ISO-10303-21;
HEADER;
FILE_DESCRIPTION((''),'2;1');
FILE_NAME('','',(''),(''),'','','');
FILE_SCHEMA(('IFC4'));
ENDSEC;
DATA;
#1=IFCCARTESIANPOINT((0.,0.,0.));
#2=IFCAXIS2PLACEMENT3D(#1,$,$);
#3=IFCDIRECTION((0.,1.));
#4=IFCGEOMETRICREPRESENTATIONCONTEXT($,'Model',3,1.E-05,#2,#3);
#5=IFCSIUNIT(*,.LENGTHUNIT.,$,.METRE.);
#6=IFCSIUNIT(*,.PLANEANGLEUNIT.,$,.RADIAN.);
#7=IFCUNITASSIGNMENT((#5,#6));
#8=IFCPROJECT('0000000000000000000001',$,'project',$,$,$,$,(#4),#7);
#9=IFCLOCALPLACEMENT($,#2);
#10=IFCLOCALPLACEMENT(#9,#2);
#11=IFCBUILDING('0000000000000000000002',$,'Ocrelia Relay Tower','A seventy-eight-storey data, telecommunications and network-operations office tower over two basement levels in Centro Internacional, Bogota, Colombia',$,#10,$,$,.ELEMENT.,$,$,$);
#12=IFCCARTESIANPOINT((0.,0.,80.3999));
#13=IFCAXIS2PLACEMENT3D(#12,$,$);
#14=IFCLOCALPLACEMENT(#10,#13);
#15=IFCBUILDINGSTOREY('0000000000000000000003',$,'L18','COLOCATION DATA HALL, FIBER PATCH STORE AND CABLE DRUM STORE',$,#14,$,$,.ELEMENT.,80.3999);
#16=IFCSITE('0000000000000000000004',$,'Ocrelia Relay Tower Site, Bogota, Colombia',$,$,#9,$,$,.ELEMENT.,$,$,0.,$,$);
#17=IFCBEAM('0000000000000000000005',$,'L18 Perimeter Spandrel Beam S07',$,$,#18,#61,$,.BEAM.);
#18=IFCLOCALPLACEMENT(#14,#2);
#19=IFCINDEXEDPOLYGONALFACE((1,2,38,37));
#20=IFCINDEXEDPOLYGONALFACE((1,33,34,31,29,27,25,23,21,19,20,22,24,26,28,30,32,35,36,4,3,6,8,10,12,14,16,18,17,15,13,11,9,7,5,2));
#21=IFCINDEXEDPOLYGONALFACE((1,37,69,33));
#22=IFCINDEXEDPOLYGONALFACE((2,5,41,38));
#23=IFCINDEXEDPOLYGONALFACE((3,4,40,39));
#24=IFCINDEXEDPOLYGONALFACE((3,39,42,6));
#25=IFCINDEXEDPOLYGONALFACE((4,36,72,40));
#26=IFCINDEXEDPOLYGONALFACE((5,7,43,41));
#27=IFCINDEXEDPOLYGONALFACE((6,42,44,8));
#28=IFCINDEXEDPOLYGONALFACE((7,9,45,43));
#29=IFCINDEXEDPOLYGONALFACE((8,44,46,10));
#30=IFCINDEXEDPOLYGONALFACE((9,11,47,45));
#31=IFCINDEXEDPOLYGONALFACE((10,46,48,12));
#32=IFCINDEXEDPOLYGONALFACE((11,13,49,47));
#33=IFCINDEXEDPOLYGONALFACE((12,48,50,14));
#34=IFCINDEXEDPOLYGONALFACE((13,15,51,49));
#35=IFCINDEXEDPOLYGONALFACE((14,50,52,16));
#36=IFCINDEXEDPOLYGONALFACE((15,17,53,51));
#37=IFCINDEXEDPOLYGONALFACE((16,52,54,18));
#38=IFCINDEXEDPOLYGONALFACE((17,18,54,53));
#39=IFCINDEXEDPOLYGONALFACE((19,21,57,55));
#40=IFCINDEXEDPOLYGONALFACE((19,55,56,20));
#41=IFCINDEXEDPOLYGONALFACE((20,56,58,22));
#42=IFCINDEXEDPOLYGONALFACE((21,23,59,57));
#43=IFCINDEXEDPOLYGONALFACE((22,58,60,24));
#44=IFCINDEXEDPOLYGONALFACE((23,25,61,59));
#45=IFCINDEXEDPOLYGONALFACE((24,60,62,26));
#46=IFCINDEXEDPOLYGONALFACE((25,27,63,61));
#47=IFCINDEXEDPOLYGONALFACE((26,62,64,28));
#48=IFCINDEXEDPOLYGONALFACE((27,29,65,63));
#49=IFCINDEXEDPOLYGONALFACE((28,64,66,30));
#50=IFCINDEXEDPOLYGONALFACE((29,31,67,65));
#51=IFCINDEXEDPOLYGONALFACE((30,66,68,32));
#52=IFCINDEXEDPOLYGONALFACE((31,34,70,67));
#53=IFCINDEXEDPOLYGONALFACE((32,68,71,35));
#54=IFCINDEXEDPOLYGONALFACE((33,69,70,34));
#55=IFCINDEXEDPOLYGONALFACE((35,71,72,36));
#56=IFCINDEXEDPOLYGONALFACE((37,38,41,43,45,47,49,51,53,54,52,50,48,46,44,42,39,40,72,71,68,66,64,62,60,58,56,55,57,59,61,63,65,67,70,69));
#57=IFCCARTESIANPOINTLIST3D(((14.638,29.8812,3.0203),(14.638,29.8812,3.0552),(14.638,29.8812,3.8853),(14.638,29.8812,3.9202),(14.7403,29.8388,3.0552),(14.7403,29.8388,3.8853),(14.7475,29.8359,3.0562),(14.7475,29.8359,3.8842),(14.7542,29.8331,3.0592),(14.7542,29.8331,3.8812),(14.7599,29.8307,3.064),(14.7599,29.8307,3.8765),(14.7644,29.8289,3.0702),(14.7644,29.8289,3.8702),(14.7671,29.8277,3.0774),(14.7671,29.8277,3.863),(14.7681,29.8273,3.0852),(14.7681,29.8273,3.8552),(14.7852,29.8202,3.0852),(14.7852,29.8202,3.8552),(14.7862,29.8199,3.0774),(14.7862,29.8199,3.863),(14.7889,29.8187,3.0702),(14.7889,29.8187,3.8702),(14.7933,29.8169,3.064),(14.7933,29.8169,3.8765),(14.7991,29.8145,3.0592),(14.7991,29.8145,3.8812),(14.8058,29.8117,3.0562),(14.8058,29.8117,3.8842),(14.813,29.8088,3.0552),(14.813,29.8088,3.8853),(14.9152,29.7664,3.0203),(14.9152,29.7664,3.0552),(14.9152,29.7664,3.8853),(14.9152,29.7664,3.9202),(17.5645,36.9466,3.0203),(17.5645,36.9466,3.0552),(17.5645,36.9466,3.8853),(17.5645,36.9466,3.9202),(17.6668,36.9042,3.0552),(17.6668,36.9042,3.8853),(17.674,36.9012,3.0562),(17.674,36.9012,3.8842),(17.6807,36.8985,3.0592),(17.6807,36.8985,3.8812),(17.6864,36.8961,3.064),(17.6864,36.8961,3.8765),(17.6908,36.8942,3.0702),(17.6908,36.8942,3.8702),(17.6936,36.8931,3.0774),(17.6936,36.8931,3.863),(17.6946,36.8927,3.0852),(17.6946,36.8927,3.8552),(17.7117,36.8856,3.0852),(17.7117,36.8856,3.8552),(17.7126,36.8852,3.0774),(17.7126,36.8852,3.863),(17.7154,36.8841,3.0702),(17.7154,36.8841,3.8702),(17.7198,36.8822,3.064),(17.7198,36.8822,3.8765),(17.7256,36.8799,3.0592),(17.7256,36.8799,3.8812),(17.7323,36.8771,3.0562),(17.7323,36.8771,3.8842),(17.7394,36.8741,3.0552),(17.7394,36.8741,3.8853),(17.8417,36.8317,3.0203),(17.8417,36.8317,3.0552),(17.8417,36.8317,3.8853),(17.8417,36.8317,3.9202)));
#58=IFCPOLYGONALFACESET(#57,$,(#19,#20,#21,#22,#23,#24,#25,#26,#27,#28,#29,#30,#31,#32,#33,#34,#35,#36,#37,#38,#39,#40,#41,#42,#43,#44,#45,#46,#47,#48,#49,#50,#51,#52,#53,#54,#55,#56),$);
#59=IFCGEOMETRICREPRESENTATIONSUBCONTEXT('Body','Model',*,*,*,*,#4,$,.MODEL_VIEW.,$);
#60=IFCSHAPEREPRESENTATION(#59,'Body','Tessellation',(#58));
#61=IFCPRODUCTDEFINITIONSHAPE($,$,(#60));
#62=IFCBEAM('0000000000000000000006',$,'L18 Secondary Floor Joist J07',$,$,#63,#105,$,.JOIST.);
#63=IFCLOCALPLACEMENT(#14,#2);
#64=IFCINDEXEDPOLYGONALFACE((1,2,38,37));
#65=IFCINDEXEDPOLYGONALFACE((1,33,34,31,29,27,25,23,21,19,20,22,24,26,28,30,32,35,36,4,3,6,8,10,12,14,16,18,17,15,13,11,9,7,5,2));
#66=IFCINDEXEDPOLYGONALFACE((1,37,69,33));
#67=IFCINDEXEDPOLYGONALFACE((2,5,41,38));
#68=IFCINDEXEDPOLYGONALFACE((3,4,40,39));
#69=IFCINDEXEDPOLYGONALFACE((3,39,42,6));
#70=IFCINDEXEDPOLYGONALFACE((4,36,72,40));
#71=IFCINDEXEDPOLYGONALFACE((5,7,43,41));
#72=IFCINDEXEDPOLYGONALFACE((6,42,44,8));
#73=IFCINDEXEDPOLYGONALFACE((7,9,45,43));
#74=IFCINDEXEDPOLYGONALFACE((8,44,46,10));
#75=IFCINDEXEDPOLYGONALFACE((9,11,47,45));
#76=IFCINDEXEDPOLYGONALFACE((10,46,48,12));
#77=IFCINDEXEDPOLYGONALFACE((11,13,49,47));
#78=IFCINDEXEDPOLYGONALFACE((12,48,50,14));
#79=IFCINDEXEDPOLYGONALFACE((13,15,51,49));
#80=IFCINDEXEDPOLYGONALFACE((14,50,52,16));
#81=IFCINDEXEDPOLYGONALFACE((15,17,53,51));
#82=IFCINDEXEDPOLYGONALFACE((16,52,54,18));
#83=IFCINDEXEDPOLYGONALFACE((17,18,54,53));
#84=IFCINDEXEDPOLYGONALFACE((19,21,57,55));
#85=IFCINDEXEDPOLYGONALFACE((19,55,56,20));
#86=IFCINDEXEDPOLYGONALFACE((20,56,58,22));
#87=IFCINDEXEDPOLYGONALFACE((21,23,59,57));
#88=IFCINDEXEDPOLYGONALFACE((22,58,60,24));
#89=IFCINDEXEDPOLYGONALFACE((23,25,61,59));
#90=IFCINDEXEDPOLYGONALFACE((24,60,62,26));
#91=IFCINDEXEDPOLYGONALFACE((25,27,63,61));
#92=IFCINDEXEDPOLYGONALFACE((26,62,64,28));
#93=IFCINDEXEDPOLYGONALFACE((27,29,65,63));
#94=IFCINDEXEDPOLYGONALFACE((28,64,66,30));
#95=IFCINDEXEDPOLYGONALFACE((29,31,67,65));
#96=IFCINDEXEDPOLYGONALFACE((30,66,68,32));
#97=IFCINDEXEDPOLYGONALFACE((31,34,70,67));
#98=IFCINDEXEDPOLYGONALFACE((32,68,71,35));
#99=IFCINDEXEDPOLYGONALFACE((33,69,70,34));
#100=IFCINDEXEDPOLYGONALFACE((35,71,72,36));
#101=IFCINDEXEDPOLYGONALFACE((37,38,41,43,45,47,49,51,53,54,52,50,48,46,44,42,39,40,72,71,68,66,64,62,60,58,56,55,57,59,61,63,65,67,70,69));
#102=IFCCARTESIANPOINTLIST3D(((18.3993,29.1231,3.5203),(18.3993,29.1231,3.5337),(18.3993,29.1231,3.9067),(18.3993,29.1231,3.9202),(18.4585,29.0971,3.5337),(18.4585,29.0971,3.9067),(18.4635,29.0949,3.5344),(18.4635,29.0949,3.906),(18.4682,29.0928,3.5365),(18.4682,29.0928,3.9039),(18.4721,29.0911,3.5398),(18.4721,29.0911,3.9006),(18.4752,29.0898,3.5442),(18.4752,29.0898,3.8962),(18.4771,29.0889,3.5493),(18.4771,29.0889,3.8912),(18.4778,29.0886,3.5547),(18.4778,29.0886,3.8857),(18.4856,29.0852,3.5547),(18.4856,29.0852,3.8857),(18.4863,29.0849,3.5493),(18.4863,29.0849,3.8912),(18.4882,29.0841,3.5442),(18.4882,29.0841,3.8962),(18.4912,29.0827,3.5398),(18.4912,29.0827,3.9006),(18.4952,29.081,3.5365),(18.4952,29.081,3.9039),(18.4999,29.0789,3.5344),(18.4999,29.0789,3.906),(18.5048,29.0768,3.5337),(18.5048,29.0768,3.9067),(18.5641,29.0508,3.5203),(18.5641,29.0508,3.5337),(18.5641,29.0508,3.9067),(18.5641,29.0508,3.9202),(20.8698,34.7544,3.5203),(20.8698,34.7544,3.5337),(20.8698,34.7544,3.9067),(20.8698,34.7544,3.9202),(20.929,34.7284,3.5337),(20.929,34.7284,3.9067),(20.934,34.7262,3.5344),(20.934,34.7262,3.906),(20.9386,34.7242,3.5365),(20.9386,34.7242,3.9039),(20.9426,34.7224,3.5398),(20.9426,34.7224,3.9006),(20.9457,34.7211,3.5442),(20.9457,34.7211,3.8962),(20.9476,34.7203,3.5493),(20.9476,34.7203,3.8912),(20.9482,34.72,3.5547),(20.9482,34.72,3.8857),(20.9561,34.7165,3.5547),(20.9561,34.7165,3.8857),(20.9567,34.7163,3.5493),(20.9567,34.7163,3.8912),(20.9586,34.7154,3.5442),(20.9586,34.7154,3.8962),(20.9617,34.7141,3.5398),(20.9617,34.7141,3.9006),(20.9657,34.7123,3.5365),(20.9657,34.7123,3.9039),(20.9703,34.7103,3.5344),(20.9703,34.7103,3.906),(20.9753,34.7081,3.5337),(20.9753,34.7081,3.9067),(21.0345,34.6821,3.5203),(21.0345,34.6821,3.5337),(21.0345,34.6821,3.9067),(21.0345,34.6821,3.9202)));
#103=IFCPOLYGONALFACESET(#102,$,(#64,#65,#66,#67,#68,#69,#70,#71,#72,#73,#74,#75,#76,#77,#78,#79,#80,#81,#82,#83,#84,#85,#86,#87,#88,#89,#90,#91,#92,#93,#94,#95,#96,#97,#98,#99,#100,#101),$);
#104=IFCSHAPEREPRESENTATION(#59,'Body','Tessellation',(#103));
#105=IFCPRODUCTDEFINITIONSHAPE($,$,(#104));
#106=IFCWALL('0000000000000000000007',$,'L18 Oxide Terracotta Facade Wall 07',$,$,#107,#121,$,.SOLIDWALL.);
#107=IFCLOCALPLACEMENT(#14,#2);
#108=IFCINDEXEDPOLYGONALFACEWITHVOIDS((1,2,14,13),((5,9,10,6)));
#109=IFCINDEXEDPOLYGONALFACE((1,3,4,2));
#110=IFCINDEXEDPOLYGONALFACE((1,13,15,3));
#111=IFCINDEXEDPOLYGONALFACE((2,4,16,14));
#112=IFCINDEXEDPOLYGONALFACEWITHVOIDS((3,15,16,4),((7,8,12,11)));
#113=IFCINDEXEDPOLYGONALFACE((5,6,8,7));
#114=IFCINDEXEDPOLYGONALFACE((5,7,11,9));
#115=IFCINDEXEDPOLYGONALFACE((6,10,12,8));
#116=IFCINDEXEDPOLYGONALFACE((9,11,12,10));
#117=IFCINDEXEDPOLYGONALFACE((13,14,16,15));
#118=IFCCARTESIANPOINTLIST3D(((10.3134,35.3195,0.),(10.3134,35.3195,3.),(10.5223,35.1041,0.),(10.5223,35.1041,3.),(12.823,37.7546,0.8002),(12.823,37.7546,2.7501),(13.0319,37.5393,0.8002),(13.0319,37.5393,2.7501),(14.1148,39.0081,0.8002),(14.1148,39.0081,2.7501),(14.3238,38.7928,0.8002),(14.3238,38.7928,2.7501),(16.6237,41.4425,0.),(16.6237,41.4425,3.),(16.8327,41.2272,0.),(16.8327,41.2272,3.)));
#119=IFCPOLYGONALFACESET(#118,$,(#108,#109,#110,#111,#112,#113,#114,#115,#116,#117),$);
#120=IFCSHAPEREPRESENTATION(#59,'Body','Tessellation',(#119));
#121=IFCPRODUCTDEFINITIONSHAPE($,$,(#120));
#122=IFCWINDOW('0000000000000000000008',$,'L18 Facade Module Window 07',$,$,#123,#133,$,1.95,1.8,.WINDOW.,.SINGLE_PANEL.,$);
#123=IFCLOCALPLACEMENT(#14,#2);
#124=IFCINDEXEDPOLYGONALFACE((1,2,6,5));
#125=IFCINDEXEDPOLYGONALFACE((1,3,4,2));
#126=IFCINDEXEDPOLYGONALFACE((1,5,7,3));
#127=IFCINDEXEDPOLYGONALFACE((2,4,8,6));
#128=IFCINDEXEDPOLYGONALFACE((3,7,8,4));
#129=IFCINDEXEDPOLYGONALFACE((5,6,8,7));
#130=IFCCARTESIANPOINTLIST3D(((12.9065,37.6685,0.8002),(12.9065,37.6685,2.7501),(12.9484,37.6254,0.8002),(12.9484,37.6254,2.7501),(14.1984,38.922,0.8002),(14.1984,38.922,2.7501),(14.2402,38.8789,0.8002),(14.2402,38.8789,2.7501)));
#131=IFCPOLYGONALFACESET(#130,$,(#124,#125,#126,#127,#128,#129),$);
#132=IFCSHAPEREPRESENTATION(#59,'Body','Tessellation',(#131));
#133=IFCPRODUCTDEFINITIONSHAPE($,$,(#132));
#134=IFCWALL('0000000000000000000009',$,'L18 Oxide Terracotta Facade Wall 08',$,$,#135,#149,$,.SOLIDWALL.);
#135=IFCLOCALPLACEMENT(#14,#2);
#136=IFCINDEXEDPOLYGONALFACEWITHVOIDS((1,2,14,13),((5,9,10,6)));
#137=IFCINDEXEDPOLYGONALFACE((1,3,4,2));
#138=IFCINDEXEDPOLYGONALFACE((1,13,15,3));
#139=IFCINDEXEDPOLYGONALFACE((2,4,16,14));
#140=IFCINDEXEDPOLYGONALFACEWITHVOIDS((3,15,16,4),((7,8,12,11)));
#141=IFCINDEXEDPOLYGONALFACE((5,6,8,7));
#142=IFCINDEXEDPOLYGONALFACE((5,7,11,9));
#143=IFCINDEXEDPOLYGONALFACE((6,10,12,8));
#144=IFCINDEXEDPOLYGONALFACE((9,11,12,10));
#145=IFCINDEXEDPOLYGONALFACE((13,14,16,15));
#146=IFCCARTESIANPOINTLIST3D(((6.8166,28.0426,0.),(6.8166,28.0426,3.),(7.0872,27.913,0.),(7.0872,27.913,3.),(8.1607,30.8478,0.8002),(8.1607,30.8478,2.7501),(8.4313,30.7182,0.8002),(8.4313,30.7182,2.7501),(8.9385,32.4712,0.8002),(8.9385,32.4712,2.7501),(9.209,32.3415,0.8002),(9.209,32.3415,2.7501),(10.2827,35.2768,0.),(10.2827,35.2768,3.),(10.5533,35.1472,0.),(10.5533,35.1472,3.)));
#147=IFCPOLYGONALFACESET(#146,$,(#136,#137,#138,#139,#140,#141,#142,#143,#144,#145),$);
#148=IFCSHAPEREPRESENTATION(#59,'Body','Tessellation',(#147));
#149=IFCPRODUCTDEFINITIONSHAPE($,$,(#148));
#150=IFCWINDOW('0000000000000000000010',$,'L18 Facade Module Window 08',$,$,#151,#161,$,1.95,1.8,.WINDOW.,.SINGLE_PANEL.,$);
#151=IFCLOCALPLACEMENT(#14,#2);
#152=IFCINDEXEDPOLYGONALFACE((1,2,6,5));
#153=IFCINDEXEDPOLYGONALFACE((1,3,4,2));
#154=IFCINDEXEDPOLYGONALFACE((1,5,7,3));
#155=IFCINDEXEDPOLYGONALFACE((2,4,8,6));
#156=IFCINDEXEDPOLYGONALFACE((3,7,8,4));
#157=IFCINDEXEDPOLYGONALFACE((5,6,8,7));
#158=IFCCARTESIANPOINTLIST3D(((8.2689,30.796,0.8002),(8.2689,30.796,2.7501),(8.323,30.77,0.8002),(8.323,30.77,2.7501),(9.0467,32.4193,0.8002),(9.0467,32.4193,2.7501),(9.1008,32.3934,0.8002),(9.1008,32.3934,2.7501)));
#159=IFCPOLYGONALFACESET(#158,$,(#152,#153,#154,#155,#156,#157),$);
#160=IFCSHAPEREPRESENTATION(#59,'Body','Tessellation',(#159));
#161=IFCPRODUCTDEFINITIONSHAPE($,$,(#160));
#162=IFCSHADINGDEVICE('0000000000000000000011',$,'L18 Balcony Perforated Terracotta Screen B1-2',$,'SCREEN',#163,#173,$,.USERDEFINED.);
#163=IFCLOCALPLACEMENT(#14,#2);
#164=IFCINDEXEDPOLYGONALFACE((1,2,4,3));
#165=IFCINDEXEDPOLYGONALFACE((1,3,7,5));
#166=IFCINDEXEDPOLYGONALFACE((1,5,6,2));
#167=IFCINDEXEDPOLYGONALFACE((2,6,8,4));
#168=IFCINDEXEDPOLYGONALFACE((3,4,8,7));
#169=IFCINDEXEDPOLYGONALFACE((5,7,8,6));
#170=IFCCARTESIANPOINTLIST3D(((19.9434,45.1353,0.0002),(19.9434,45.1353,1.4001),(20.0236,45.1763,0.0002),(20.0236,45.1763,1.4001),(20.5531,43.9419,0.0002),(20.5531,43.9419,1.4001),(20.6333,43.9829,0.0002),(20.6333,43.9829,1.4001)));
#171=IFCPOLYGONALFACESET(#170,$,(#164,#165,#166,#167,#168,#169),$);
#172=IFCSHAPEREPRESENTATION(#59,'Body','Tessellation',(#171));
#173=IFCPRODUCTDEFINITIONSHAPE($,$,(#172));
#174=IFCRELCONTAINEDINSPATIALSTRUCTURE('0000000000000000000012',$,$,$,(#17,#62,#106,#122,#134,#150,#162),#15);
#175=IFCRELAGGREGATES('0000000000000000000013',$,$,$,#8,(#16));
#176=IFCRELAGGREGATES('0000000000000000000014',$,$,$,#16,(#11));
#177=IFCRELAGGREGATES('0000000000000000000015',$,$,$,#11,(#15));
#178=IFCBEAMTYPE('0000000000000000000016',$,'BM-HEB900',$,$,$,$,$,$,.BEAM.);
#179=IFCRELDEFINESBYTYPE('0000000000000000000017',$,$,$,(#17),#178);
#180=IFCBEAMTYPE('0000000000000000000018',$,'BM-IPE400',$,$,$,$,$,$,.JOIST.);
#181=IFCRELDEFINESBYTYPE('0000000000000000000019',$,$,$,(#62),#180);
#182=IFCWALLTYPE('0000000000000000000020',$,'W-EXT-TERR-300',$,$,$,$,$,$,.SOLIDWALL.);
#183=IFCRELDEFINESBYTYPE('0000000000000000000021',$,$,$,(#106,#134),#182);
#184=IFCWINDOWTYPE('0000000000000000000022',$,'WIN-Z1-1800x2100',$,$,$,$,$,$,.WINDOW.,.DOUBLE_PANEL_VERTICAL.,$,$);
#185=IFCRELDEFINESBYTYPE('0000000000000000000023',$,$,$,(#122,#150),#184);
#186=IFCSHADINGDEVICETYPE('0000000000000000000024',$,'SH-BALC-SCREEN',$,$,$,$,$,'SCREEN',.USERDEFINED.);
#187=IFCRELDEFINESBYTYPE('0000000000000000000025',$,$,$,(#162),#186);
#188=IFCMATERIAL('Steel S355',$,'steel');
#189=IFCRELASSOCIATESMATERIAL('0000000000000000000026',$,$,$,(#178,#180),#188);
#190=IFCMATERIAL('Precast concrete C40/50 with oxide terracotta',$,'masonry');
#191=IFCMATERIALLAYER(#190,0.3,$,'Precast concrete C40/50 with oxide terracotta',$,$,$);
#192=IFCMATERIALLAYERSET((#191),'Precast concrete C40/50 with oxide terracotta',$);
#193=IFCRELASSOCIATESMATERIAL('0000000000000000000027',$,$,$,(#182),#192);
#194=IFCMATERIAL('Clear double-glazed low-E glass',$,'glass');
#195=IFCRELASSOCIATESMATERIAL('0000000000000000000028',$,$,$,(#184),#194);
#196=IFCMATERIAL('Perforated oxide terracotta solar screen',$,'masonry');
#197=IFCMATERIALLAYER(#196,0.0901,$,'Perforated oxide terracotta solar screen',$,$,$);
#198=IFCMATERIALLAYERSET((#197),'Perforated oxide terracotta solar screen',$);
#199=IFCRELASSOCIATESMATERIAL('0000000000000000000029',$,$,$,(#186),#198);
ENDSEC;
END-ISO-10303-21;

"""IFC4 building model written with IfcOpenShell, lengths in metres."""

from ifc_helpers import new_model, si_unit, direction, frame, frame_2d, origin, origin_2d, place, context, subcontext, project, spatial, rectangle, i_section, extrude, material, layer, layer_set, material_profile, profile_set, type_object, element, fill, save


model = new_model("IFC4")

# Units and contexts
model_context = context("Model", 3, precision=1e-05, world=origin(), true_north=direction((0.0, 1.0)))
body_context = subcontext(model_context, "Body", "Model", "MODEL_VIEW")
ifc_project = project(units=[si_unit("LENGTHUNIT", "METRE"), si_unit("PLANEANGLEUNIT", "RADIAN")], contexts=[model_context])

# Site, building, storey
site_placement = place(None, origin())
site = spatial("IfcSite", under=ifc_project, at=site_placement, Name="Ocrelia Relay Tower Site, Bogota, Colombia", CompositionType="ELEMENT", RefElevation=0.0)
building_placement = place(site_placement, origin())
building = spatial("IfcBuilding", under=site, at=building_placement, Name="Ocrelia Relay Tower", Description="A seventy-eight-storey data, telecommunications and network-operations office tower over two basement levels in Centro Internacional, Bogota, Colombia", CompositionType="ELEMENT")
storey_placement = place(building_placement, frame((0.0, 0.0, 80.3999)))
storey = spatial("IfcBuildingStorey", under=building, at=storey_placement, Name="L18", Description="COLOCATION DATA HALL, FIBER PATCH STORE AND CABLE DRUM STORE", CompositionType="ELEMENT", Elevation=80.3999)

# Beams
ifc_material_1 = material(Name="Steel S355", Category="steel")
ifc_material_profile_1 = material_profile(ifc_material_1, i_section(OverallWidth=0.3, OverallDepth=0.8999, WebThickness=0.0186, FlangeThickness=0.0349, FilletRadius=0.03, at=origin_2d()), Name="HEB 900")
ifc_profile_set_1 = profile_set([ifc_material_profile_1], Name="Steel S355")
beam_type_1 = type_object("IfcBeamType", Name="BM-HEB900", PredefinedType="BEAM", material=ifc_profile_set_1)
beam_1_placement = place(storey_placement, frame((17.7031, 36.8892, 3.4702), z_axis=(-0.382674, -0.923883, 0.0), x_axis=(0.923883, -0.382674, 0.0)))
element("IfcBeam", 1, at=beam_1_placement, inside=storey, type_object=beam_type_1, Name="L18 Perimeter Spandrel Beam S07", PredefinedType="BEAM", context=body_context, shape_type="SweptSolid", body=[
    extrude(i_section(OverallWidth=0.3, OverallDepth=0.8999, WebThickness=0.0186, FlangeThickness=0.0349, FilletRadius=0.03, at=origin_2d()), origin(), (0.0, 0.0, 1.0), 7.6475),
])
ifc_material_profile_2 = material_profile(ifc_material_1, i_section(OverallWidth=0.1799, OverallDepth=0.3999, WebThickness=0.0085, FlangeThickness=0.0134, FilletRadius=0.021, at=origin_2d()), Name="IPE 400")
ifc_profile_set_2 = profile_set([ifc_material_profile_2], Name="Steel S355")
beam_type_2 = type_object("IfcBeamType", Name="BM-IPE400", PredefinedType="JOIST", material=ifc_profile_set_2)
beam_2_placement = place(storey_placement, frame((20.9521, 34.7183, 3.7202), z_axis=(-0.401739, -0.915754, 0.0), x_axis=(0.915754, -0.401739, 0.0)))
element("IfcBeam", 2, at=beam_2_placement, inside=storey, type_object=beam_type_2, Name="L18 Secondary Floor Joist J07", PredefinedType="JOIST", context=body_context, shape_type="SweptSolid", body=[
    extrude(i_section(OverallWidth=0.1799, OverallDepth=0.3999, WebThickness=0.0085, FlangeThickness=0.0134, FilletRadius=0.021, at=origin_2d()), origin(), (0.0, 0.0, 1.0), 6.1494),
])

# Walls, openings, windows
ifc_material_2 = material(Name="Precast concrete C40/50 with oxide terracotta", Category="masonry")
ifc_layer_1 = layer(ifc_material_2, 0.3, Name="Precast concrete C40/50 with oxide terracotta")
ifc_layer_set_1 = layer_set([ifc_layer_1], Name="Precast concrete C40/50 with oxide terracotta")
wall_type = type_object("IfcWallType", Name="W-EXT-TERR-300", PredefinedType="SOLIDWALL", material=ifc_layer_set_1)
wall_1_placement = place(storey_placement, frame((16.7283, 41.335, 0.0), z_axis=(0.0, 0.0, 1.0), x_axis=(-0.717675, -0.696378, 0.0)))
wall_1 = element("IfcWall", 3, at=wall_1_placement, inside=storey, type_object=wall_type, Name="L18 Oxide Terracotta Facade Wall 07", PredefinedType="SOLIDWALL", context=body_context, shape_type="SweptSolid", body=[
    extrude(rectangle(XDim=8.7927, YDim=0.3, at=frame_2d((4.3965, 0.0))), origin(), (0.0, 0.0, 1.0), 3.0),
])
opening_1_placement = place(wall_1_placement, frame((3.4961, 0.0, 0.8)))
opening_1 = element("IfcOpeningElement", 4, at=opening_1_placement, cuts=wall_1, PredefinedType="OPENING", context=body_context, shape_type="SweptSolid", body=[
    extrude(rectangle(XDim=1.8, YDim=1.95, at=frame_2d((0.8999, 0.9751))), frame((0.0, 0.1602, 0.0), z_axis=(0.0, -1.0, 0.0), x_axis=(1.0, 0.0, 0.0)), (0.0, 0.0, 1.0), 0.3201),
])
ifc_material_3 = material(Name="Clear double-glazed low-E glass", Category="glass")
window_type = type_object("IfcWindowType", Name="WIN-Z1-1800x2100", PartitioningType="DOUBLE_PANEL_VERTICAL", PredefinedType="WINDOW", material=ifc_material_3)
window_1_placement = place(opening_1_placement, origin())
window_1 = element("IfcWindow", 5, at=window_1_placement, inside=storey, type_object=window_type, Name="L18 Facade Module Window 07", OverallHeight=1.95, OverallWidth=1.8, PartitioningType="SINGLE_PANEL", PredefinedType="WINDOW", context=body_context, shape_type="SweptSolid", body=[
    extrude(rectangle(XDim=1.8, YDim=1.95, at=frame_2d((0.8999, 0.9751))), frame((0.0, 0.03, 0.0), z_axis=(0.0, -1.0, 0.0), x_axis=(1.0, 0.0, 0.0)), (0.0, 0.0, 1.0), 0.0601),
])
fill(opening_1, window_1)
wall_2_placement = place(storey_placement, frame((10.418, 35.2119, 0.0), z_axis=(0.0, 0.0, 1.0), x_axis=(-0.432091, -0.90183, 0.0)))
wall_2 = element("IfcWall", 6, at=wall_2_placement, inside=storey, type_object=wall_type, Name="L18 Oxide Terracotta Facade Wall 08", PredefinedType="SOLIDWALL", context=body_context, shape_type="SweptSolid", body=[
    extrude(rectangle(XDim=8.0217, YDim=0.3, at=frame_2d((4.0107, 0.0))), origin(), (0.0, 0.0, 1.0), 3.0),
])
opening_2_placement = place(wall_2_placement, frame((3.1111, 0.0, 0.8)))
opening_2 = element("IfcOpeningElement", 7, at=opening_2_placement, cuts=wall_2, PredefinedType="OPENING", context=body_context, shape_type="SweptSolid", body=[
    extrude(rectangle(XDim=1.8, YDim=1.95, at=frame_2d((0.8999, 0.9751))), frame((0.0, 0.1602, 0.0), z_axis=(0.0, -1.0, 0.0), x_axis=(1.0, 0.0, 0.0)), (0.0, 0.0, 1.0), 0.3201),
])
window_2_placement = place(opening_2_placement, origin())
window_2 = element("IfcWindow", 8, at=window_2_placement, inside=storey, type_object=window_type, Name="L18 Facade Module Window 08", OverallHeight=1.95, OverallWidth=1.8, PartitioningType="SINGLE_PANEL", PredefinedType="WINDOW", context=body_context, shape_type="SweptSolid", body=[
    extrude(rectangle(XDim=1.8, YDim=1.95, at=frame_2d((0.8999, 0.9751))), frame((0.0, 0.03, 0.0), z_axis=(0.0, -1.0, 0.0), x_axis=(1.0, 0.0, 0.0)), (0.0, 0.0, 1.0), 0.0601),
])
fill(opening_2, window_2)

# Shading device
ifc_material_4 = material(Name="Perforated oxide terracotta solar screen", Category="masonry")
ifc_layer_2 = layer(ifc_material_4, 0.0901, Name="Perforated oxide terracotta solar screen")
ifc_layer_set_2 = layer_set([ifc_layer_2], Name="Perforated oxide terracotta solar screen")
shading_device_type_1 = type_object("IfcShadingDeviceType", Name="SH-BALC-SCREEN", ElementType="SCREEN", PredefinedType="USERDEFINED", material=ifc_layer_set_2)
shading_device_1_placement = place(storey_placement, frame((20.2883, 44.5591, 0.0002), z_axis=(0.0, 0.0, 1.0), x_axis=(-0.454976, 0.890504, 0.0)))
element("IfcShadingDevice", 9, at=shading_device_1_placement, inside=storey, type_object=shading_device_type_1, Name="L18 Balcony Perforated Terracotta Screen B1-2", ObjectType="SCREEN", PredefinedType="USERDEFINED", context=body_context, shape_type="SweptSolid", body=[
    extrude(rectangle(XDim=1.3401, YDim=0.0901, at=origin_2d()), origin(), (0.0, 0.0, 1.0), 1.3999),
])

save(model, "model.ifc")
